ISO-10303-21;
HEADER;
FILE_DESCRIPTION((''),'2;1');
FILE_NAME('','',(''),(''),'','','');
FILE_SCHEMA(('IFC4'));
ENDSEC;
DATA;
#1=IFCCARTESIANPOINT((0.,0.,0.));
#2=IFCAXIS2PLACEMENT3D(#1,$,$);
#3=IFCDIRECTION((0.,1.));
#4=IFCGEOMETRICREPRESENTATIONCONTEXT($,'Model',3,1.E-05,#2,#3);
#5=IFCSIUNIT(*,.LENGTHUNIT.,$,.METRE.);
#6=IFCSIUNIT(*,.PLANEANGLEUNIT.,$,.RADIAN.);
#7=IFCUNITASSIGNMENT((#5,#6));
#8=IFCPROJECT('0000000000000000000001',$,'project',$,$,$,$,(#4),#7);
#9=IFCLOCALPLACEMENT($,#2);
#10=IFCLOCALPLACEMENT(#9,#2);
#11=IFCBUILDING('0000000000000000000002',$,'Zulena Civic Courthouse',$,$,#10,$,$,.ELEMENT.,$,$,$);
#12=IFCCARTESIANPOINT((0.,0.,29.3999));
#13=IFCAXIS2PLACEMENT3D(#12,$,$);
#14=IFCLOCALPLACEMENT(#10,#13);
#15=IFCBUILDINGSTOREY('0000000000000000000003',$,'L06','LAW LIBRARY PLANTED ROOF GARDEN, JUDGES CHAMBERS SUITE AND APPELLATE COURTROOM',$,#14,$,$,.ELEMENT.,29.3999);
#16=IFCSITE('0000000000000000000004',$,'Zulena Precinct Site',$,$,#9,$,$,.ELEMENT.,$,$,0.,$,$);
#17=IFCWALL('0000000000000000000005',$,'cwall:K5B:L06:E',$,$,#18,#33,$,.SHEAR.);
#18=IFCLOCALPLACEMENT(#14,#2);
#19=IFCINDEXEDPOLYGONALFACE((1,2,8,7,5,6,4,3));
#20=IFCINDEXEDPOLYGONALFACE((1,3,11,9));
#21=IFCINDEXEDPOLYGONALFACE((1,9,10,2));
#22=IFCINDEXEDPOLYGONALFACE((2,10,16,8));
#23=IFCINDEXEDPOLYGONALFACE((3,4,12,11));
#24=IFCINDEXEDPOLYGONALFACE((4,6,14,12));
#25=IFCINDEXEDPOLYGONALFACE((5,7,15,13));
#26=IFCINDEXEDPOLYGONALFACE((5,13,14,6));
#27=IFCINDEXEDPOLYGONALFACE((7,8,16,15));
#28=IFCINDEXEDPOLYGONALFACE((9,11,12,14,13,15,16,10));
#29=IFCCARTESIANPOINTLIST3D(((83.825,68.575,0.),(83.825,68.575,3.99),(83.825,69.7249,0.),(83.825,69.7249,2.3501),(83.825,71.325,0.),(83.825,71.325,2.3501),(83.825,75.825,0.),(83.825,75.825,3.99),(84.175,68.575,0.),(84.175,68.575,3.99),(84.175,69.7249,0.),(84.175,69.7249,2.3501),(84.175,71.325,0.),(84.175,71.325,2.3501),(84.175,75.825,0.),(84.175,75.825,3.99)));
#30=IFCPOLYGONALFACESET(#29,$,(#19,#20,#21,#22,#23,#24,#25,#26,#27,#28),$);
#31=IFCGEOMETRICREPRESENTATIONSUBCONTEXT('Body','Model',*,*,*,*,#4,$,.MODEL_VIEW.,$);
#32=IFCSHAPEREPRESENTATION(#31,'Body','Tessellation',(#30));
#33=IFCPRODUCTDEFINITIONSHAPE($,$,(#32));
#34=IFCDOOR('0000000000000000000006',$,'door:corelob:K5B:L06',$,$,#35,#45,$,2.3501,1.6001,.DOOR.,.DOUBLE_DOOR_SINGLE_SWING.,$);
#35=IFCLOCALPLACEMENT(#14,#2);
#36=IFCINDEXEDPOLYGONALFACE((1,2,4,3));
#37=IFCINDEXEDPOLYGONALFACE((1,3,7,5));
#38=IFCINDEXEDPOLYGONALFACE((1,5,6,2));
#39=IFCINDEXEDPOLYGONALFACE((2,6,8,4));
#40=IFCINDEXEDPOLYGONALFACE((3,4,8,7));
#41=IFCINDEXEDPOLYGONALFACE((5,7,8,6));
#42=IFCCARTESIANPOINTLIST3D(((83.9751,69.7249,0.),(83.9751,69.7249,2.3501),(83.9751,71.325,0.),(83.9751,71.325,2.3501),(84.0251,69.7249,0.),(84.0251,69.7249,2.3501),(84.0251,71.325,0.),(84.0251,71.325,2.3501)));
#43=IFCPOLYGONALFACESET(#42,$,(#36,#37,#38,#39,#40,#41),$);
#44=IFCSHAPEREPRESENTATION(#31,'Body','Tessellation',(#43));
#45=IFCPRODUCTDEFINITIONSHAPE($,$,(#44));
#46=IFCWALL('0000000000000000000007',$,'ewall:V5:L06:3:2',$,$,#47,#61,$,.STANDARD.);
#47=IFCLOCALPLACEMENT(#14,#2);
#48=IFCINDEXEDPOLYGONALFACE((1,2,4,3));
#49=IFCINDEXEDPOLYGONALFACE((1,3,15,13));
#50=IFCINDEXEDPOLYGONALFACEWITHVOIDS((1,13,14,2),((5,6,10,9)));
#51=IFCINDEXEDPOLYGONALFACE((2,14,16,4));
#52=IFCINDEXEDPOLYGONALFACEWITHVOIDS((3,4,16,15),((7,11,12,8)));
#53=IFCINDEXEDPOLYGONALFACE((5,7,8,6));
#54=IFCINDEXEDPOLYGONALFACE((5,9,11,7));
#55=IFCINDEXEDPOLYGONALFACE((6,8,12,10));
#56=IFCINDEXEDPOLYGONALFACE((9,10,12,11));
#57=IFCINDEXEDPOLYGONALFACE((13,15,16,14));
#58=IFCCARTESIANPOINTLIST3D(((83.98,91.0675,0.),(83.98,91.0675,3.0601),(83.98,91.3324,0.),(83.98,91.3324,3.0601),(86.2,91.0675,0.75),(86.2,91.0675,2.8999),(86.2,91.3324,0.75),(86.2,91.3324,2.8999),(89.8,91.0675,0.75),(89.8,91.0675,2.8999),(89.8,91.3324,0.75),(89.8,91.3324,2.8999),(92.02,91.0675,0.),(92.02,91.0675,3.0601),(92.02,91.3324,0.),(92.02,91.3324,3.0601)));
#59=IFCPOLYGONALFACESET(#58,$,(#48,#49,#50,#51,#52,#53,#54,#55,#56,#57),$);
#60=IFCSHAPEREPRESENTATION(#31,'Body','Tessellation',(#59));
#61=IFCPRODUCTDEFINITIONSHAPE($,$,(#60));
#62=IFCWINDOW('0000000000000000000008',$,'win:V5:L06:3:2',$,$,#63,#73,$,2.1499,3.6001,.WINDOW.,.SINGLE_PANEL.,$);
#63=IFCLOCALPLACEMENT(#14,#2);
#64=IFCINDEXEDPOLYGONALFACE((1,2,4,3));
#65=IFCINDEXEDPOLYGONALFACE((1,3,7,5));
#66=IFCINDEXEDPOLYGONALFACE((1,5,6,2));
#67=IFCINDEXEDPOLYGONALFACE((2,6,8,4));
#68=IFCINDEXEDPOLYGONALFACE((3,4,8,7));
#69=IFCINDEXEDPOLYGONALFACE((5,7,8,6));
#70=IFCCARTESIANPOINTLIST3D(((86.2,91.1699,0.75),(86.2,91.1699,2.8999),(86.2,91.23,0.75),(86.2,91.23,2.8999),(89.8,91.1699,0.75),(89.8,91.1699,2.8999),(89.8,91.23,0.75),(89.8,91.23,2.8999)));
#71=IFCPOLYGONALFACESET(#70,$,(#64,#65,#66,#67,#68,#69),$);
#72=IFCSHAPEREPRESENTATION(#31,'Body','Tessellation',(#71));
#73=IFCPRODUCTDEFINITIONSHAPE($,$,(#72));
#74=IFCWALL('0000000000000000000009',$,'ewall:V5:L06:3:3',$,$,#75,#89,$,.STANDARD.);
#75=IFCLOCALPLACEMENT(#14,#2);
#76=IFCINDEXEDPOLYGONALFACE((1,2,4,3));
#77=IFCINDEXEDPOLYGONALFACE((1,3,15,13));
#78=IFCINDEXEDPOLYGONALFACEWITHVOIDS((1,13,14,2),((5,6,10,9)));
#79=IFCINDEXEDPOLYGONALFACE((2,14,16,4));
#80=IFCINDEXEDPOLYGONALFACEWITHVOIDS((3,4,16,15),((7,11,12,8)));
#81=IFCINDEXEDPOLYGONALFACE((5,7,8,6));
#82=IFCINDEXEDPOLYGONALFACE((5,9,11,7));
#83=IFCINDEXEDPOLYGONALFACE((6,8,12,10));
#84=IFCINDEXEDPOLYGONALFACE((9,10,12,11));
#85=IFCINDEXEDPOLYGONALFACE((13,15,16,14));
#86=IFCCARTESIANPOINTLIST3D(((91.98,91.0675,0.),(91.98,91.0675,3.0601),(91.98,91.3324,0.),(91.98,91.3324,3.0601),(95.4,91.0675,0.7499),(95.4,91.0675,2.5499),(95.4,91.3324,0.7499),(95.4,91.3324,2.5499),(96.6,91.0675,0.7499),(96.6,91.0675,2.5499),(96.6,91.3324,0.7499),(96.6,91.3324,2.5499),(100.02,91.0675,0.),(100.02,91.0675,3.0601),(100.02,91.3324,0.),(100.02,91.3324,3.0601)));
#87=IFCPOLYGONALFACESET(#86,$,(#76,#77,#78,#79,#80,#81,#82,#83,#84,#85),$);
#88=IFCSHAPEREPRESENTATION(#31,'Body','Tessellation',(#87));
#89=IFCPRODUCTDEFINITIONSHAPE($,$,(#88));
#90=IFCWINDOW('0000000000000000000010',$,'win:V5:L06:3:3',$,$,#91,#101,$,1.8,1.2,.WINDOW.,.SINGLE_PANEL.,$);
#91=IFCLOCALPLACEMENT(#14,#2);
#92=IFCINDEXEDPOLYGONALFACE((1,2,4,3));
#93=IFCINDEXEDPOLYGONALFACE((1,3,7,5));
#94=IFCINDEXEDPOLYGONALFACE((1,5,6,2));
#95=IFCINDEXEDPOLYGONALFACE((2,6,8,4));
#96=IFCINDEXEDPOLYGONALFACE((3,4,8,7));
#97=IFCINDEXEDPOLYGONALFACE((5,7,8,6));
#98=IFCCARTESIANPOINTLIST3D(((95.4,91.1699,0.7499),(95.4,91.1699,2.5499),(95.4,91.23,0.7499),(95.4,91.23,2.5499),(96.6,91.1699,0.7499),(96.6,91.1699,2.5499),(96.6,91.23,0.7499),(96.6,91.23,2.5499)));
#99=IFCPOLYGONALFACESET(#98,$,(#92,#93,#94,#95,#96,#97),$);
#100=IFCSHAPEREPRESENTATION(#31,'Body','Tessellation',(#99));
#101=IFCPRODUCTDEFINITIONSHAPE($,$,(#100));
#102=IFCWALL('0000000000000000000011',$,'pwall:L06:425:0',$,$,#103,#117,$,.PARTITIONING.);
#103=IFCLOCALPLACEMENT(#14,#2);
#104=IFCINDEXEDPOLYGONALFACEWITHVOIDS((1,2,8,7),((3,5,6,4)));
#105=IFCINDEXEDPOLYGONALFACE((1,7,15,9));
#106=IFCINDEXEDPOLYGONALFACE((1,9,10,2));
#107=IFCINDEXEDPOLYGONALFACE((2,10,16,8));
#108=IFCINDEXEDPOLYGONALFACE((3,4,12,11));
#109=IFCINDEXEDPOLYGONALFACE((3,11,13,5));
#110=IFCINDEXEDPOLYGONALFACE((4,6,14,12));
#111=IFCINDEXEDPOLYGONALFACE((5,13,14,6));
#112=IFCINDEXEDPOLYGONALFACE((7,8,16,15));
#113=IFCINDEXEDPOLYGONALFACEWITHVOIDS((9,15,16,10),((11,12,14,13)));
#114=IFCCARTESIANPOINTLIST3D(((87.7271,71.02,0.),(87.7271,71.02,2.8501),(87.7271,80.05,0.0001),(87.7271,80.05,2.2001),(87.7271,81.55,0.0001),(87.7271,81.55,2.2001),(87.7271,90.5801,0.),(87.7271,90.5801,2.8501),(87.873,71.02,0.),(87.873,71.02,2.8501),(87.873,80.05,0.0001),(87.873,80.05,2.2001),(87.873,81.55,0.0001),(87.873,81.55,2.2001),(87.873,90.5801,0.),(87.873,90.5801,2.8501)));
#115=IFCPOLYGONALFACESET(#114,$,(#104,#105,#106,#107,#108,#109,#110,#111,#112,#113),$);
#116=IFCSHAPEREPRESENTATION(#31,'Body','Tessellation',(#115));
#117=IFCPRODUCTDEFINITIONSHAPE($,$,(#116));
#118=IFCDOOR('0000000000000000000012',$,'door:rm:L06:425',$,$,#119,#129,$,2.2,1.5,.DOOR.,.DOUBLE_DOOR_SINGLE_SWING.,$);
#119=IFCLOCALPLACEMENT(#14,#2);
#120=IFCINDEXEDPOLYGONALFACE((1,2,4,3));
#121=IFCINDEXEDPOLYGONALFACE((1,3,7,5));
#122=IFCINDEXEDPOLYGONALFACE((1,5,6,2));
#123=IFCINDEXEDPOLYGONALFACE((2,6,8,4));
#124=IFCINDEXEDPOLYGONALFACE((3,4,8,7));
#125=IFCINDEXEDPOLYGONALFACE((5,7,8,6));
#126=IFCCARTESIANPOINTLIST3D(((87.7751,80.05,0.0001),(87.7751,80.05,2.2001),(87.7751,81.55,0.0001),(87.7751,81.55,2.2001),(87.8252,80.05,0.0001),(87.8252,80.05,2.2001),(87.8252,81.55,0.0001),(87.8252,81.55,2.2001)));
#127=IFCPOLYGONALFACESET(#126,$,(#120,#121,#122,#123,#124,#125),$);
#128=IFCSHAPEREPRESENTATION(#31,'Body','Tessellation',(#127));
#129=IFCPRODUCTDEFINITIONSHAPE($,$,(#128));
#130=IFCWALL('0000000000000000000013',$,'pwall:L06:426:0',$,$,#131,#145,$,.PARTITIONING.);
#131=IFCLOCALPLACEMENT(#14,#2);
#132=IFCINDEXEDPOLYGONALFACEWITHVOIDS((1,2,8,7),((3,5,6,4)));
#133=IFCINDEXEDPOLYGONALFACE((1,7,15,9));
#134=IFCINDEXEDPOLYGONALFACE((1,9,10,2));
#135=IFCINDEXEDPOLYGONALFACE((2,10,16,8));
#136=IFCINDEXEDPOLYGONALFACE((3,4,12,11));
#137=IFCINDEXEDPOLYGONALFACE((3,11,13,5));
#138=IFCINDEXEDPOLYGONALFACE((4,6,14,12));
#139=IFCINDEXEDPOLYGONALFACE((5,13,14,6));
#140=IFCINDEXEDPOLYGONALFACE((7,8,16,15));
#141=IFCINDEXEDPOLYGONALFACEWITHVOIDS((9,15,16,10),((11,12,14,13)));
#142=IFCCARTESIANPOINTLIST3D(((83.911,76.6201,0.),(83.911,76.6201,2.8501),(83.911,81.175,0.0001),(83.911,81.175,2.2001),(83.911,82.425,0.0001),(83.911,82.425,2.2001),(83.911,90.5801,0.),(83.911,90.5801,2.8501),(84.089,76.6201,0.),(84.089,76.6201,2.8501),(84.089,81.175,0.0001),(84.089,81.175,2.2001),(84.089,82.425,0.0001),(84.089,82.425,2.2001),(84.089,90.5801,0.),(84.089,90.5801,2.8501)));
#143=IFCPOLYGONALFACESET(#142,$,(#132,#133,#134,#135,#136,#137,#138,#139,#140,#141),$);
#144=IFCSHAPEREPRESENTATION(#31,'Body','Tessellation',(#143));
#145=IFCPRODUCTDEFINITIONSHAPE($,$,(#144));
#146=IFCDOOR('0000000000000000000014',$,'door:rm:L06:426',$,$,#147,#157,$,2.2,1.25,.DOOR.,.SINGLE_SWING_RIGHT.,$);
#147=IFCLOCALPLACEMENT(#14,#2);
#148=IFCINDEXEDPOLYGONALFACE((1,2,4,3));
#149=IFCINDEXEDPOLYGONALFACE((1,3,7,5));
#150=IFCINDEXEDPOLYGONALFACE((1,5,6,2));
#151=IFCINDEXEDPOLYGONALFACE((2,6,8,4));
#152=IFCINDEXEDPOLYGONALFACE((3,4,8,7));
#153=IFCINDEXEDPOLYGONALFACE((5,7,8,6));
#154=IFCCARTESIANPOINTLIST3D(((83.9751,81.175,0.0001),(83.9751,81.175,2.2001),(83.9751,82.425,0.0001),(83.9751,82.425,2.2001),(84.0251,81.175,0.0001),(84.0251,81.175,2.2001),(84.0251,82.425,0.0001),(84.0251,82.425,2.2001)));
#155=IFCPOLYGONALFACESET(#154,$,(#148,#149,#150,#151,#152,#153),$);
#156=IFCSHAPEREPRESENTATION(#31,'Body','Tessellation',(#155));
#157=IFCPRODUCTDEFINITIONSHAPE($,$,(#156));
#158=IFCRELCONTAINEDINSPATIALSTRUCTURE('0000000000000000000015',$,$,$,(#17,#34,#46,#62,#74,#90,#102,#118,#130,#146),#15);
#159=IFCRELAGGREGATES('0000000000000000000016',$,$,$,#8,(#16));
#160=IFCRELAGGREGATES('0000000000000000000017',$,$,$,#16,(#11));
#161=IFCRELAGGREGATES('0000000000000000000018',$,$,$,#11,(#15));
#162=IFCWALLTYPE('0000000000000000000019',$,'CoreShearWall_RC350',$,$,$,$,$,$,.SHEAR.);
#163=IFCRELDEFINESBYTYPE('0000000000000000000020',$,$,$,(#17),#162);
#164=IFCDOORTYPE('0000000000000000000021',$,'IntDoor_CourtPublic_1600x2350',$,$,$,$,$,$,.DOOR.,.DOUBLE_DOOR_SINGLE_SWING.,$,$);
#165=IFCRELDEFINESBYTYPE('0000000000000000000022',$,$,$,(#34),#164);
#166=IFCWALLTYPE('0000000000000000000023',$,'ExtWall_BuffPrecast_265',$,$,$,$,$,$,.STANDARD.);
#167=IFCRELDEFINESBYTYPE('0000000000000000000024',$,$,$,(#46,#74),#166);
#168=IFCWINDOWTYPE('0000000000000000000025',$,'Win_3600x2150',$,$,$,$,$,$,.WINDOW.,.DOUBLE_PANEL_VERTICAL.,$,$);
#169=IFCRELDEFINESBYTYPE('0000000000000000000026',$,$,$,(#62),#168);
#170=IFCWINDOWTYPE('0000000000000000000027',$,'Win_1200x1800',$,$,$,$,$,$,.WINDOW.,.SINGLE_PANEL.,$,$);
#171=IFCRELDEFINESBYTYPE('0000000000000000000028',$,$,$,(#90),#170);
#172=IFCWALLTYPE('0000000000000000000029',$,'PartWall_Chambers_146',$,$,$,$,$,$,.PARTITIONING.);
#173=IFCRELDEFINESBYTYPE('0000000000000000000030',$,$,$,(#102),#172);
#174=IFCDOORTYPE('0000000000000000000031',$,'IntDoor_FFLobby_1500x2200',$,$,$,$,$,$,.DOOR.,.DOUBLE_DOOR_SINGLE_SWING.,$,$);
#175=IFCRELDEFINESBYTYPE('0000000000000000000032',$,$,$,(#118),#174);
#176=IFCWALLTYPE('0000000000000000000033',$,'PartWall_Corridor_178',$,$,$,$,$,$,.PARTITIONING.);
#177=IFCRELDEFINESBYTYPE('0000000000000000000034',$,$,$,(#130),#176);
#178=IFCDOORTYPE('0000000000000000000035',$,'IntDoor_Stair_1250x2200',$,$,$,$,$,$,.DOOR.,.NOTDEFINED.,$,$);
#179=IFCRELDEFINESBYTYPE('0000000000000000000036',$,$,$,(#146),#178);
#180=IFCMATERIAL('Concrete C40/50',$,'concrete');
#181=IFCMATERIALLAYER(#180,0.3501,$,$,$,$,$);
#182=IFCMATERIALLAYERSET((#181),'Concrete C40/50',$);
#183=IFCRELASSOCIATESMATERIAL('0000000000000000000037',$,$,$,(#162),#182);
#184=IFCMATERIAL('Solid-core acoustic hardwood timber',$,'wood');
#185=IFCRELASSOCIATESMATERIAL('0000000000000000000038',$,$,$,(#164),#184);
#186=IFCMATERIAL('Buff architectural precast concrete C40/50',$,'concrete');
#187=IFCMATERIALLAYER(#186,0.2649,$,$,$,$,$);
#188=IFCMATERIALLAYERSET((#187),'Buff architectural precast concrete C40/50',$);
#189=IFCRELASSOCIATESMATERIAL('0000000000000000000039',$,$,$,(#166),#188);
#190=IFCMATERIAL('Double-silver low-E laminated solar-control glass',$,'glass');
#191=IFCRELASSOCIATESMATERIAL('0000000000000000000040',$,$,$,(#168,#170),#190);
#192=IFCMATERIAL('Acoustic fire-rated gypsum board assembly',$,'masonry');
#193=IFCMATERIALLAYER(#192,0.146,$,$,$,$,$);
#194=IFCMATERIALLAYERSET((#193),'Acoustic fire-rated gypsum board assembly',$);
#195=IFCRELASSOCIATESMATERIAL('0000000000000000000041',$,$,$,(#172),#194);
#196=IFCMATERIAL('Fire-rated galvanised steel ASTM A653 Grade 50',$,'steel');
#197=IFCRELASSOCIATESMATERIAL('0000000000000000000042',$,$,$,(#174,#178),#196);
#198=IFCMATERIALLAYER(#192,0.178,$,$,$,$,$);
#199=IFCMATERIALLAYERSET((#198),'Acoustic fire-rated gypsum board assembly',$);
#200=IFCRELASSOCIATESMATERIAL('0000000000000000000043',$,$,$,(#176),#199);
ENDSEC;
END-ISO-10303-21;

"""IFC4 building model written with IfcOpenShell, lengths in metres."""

from ifc_helpers import new_model, si_unit, direction, frame, frame_2d, origin, place, context, subcontext, project, spatial, rectangle, extrude, material, layer, layer_set, type_object, element, fill, save


model = new_model("IFC4")

# Units and contexts
model_context = context("Model", 3, precision=1e-05, world=origin(), true_north=direction((0.0, 1.0)))
body_context = subcontext(model_context, "Body", "Model", "MODEL_VIEW")
ifc_project = project(units=[si_unit("LENGTHUNIT", "METRE"), si_unit("PLANEANGLEUNIT", "RADIAN")], contexts=[model_context])

# Site, building, storey
site_placement = place(None, origin())
site = spatial("IfcSite", under=ifc_project, at=site_placement, Name="Zulena Precinct Site", CompositionType="ELEMENT", RefElevation=0.0)
building_placement = place(site_placement, origin())
building = spatial("IfcBuilding", under=site, at=building_placement, Name="Zulena Civic Courthouse", CompositionType="ELEMENT")
storey_placement = place(building_placement, frame((0.0, 0.0, 29.3999)))
storey = spatial("IfcBuildingStorey", under=building, at=storey_placement, Name="L06", Description="LAW LIBRARY PLANTED ROOF GARDEN, JUDGES CHAMBERS SUITE AND APPELLATE COURTROOM", CompositionType="ELEMENT", Elevation=29.3999)

# Wall, opening, door
ifc_material_1 = material(Name="Concrete C40/50", Category="concrete")
ifc_layer_1 = layer(ifc_material_1, 0.3501)
ifc_layer_set_1 = layer_set([ifc_layer_1], Name="Concrete C40/50")
wall_type_1 = type_object("IfcWallType", Name="CoreShearWall_RC350", PredefinedType="SHEAR", material=ifc_layer_set_1)
wall_1_placement = place(storey_placement, frame((84.0, 68.575, 0.0), z_axis=(0.0, 0.0, 1.0), x_axis=(0.0, 1.0, 0.0)))
wall_1 = element("IfcWall", 1, at=wall_1_placement, inside=storey, type_object=wall_type_1, Name="cwall:K5B:L06:E", PredefinedType="SHEAR", context=body_context, shape_type="SweptSolid", body=[
    extrude(rectangle(XDim=7.25, YDim=0.3501, at=frame_2d((3.625, 0.0))), origin(), (0.0, 0.0, 1.0), 3.99),
])
opening_1_placement = place(wall_1_placement, frame((1.1499, 0.0, 0.0)))
opening_1 = element("IfcOpeningElement", 2, at=opening_1_placement, cuts=wall_1, PredefinedType="OPENING", context=body_context, shape_type="SweptSolid", body=[
    extrude(rectangle(XDim=1.6001, YDim=2.3501, at=frame_2d((0.8, 1.175))), frame((0.0, 0.1851, 0.0), z_axis=(0.0, -1.0, 0.0), x_axis=(1.0, 0.0, 0.0)), (0.0, 0.0, 1.0), 0.3701),
])
ifc_material_2 = material(Name="Solid-core acoustic hardwood timber", Category="wood")
door_type_1 = type_object("IfcDoorType", Name="IntDoor_CourtPublic_1600x2350", OperationType="DOUBLE_DOOR_SINGLE_SWING", PredefinedType="DOOR", material=ifc_material_2)
door_1_placement = place(opening_1_placement, origin())
door_1 = element("IfcDoor", 3, at=door_1_placement, inside=storey, type_object=door_type_1, Name="door:corelob:K5B:L06", OperationType="DOUBLE_DOOR_SINGLE_SWING", OverallHeight=2.3501, OverallWidth=1.6001, PredefinedType="DOOR", context=body_context, shape_type="SweptSolid", body=[
    extrude(rectangle(XDim=1.6001, YDim=2.3501, at=frame_2d((0.8, 1.175))), frame((0.0, 0.0249, 0.0), z_axis=(0.0, -1.0, 0.0), x_axis=(1.0, 0.0, 0.0)), (0.0, 0.0, 1.0), 0.05),
])
fill(opening_1, door_1)

# Walls, openings, windows
ifc_material_3 = material(Name="Buff architectural precast concrete C40/50", Category="concrete")
ifc_layer_2 = layer(ifc_material_3, 0.2649)
ifc_layer_set_2 = layer_set([ifc_layer_2], Name="Buff architectural precast concrete C40/50")
wall_type_2 = type_object("IfcWallType", Name="ExtWall_BuffPrecast_265", PredefinedType="STANDARD", material=ifc_layer_set_2)
wall_2_placement = place(storey_placement, frame((83.98, 91.2, 0.0), z_axis=(0.0, 0.0, 1.0), x_axis=(1.0, 0.0, 0.0)))
wall_2 = element("IfcWall", 4, at=wall_2_placement, inside=storey, type_object=wall_type_2, Name="ewall:V5:L06:3:2", PredefinedType="STANDARD", context=body_context, shape_type="SweptSolid", body=[
    extrude(rectangle(XDim=8.04, YDim=0.2649, at=frame_2d((4.02, 0.0))), origin(), (0.0, 0.0, 1.0), 3.0601),
])
opening_2_placement = place(wall_2_placement, frame((2.22, 0.0, 0.75)))
opening_2 = element("IfcOpeningElement", 5, at=opening_2_placement, cuts=wall_2, PredefinedType="OPENING", context=body_context, shape_type="SweptSolid", body=[
    extrude(rectangle(XDim=3.6001, YDim=2.1499, at=frame_2d((1.8, 1.075))), frame((0.0, 0.1423, 0.0), z_axis=(0.0, -1.0, 0.0), x_axis=(1.0, 0.0, 0.0)), (0.0, 0.0, 1.0), 0.2849),
])
ifc_material_4 = material(Name="Double-silver low-E laminated solar-control glass", Category="glass")
window_type_1 = type_object("IfcWindowType", Name="Win_3600x2150", PartitioningType="DOUBLE_PANEL_VERTICAL", PredefinedType="WINDOW", material=ifc_material_4)
window_1_placement = place(opening_2_placement, origin())
window_1 = element("IfcWindow", 6, at=window_1_placement, inside=storey, type_object=window_type_1, Name="win:V5:L06:3:2", OverallHeight=2.1499, OverallWidth=3.6001, PartitioningType="SINGLE_PANEL", PredefinedType="WINDOW", context=body_context, shape_type="SweptSolid", body=[
    extrude(rectangle(XDim=3.6001, YDim=2.1499, at=frame_2d((1.8, 1.075))), frame((0.0, 0.03, 0.0), z_axis=(0.0, -1.0, 0.0), x_axis=(1.0, 0.0, 0.0)), (0.0, 0.0, 1.0), 0.0601),
])
fill(opening_2, window_1)
wall_3_placement = place(storey_placement, frame((91.98, 91.2, 0.0), z_axis=(0.0, 0.0, 1.0), x_axis=(1.0, 0.0, 0.0)))
wall_3 = element("IfcWall", 7, at=wall_3_placement, inside=storey, type_object=wall_type_2, Name="ewall:V5:L06:3:3", PredefinedType="STANDARD", context=body_context, shape_type="SweptSolid", body=[
    extrude(rectangle(XDim=8.04, YDim=0.2649, at=frame_2d((4.02, 0.0))), origin(), (0.0, 0.0, 1.0), 3.0601),
])
opening_3_placement = place(wall_3_placement, frame((3.4199, 0.0, 0.75)))
opening_3 = element("IfcOpeningElement", 8, at=opening_3_placement, cuts=wall_3, PredefinedType="OPENING", context=body_context, shape_type="SweptSolid", body=[
    extrude(rectangle(XDim=1.2, YDim=1.8, at=frame_2d((0.6001, 0.8999))), frame((0.0, 0.1423, 0.0), z_axis=(0.0, -1.0, 0.0), x_axis=(1.0, 0.0, 0.0)), (0.0, 0.0, 1.0), 0.2849),
])
window_type_2 = type_object("IfcWindowType", Name="Win_1200x1800", PartitioningType="SINGLE_PANEL", PredefinedType="WINDOW", material=ifc_material_4)
window_2_placement = place(opening_3_placement, origin())
window_2 = element("IfcWindow", 9, at=window_2_placement, inside=storey, type_object=window_type_2, Name="win:V5:L06:3:3", OverallHeight=1.8, OverallWidth=1.2, PartitioningType="SINGLE_PANEL", PredefinedType="WINDOW", context=body_context, shape_type="SweptSolid", body=[
    extrude(rectangle(XDim=1.2, YDim=1.8, at=frame_2d((0.6001, 0.8999))), frame((0.0, 0.03, 0.0), z_axis=(0.0, -1.0, 0.0), x_axis=(1.0, 0.0, 0.0)), (0.0, 0.0, 1.0), 0.0601),
])
fill(opening_3, window_2)

# Walls, openings, doors
ifc_material_5 = material(Name="Acoustic fire-rated gypsum board assembly", Category="masonry")
ifc_layer_3 = layer(ifc_material_5, 0.146)
ifc_layer_set_3 = layer_set([ifc_layer_3], Name="Acoustic fire-rated gypsum board assembly")
wall_type_3 = type_object("IfcWallType", Name="PartWall_Chambers_146", PredefinedType="PARTITIONING", material=ifc_layer_set_3)
wall_4_placement = place(storey_placement, frame((87.8, 71.02, 0.0), z_axis=(0.0, 0.0, 1.0), x_axis=(0.0, 1.0, 0.0)))
wall_4 = element("IfcWall", 10, at=wall_4_placement, inside=storey, type_object=wall_type_3, Name="pwall:L06:425:0", PredefinedType="PARTITIONING", context=body_context, shape_type="SweptSolid", body=[
    extrude(rectangle(XDim=19.5601, YDim=0.146, at=frame_2d((9.78, 0.0))), origin(), (0.0, 0.0, 1.0), 2.8501),
])
opening_4_placement = place(wall_4_placement, frame((9.03, 0.0, 0.0)))
opening_4 = element("IfcOpeningElement", 11, at=opening_4_placement, cuts=wall_4, PredefinedType="OPENING", context=body_context, shape_type="SweptSolid", body=[
    extrude(rectangle(XDim=1.5, YDim=2.2, at=frame_2d((0.75, 1.1001))), frame((0.0, 0.083, 0.0), z_axis=(0.0, -1.0, 0.0), x_axis=(1.0, 0.0, 0.0)), (0.0, 0.0, 1.0), 0.166),
])
ifc_material_6 = material(Name="Fire-rated galvanised steel ASTM A653 Grade 50", Category="steel")
door_type_2 = type_object("IfcDoorType", Name="IntDoor_FFLobby_1500x2200", OperationType="DOUBLE_DOOR_SINGLE_SWING", PredefinedType="DOOR", material=ifc_material_6)
door_2_placement = place(opening_4_placement, origin())
door_2 = element("IfcDoor", 12, at=door_2_placement, inside=storey, type_object=door_type_2, Name="door:rm:L06:425", OperationType="DOUBLE_DOOR_SINGLE_SWING", OverallHeight=2.2, OverallWidth=1.5, PredefinedType="DOOR", context=body_context, shape_type="SweptSolid", body=[
    extrude(rectangle(XDim=1.5, YDim=2.2, at=frame_2d((0.75, 1.1001))), frame((0.0, 0.0249, 0.0), z_axis=(0.0, -1.0, 0.0), x_axis=(1.0, 0.0, 0.0)), (0.0, 0.0, 1.0), 0.05),
])
fill(opening_4, door_2)
ifc_layer_4 = layer(ifc_material_5, 0.178)
ifc_layer_set_4 = layer_set([ifc_layer_4], Name="Acoustic fire-rated gypsum board assembly")
wall_type_4 = type_object("IfcWallType", Name="PartWall_Corridor_178", PredefinedType="PARTITIONING", material=ifc_layer_set_4)
wall_5_placement = place(storey_placement, frame((84.0, 76.6201, 0.0), z_axis=(0.0, 0.0, 1.0), x_axis=(0.0, 1.0, 0.0)))
wall_5 = element("IfcWall", 13, at=wall_5_placement, inside=storey, type_object=wall_type_4, Name="pwall:L06:426:0", PredefinedType="PARTITIONING", context=body_context, shape_type="SweptSolid", body=[
    extrude(rectangle(XDim=13.96, YDim=0.178, at=frame_2d((6.98, 0.0))), origin(), (0.0, 0.0, 1.0), 2.8501),
])
opening_5_placement = place(wall_5_placement, frame((4.5549, 0.0, 0.0)))
opening_5 = element("IfcOpeningElement", 14, at=opening_5_placement, cuts=wall_5, PredefinedType="OPENING", context=body_context, shape_type="SweptSolid", body=[
    extrude(rectangle(XDim=1.25, YDim=2.2, at=frame_2d((0.625, 1.1001))), frame((0.0, 0.0989, 0.0), z_axis=(0.0, -1.0, 0.0), x_axis=(1.0, 0.0, 0.0)), (0.0, 0.0, 1.0), 0.198),
])
door_type_3 = type_object("IfcDoorType", Name="IntDoor_Stair_1250x2200", OperationType="NOTDEFINED", PredefinedType="DOOR", material=ifc_material_6)
door_3_placement = place(opening_5_placement, origin())
door_3 = element("IfcDoor", 15, at=door_3_placement, inside=storey, type_object=door_type_3, Name="door:rm:L06:426", OperationType="SINGLE_SWING_RIGHT", OverallHeight=2.2, OverallWidth=1.25, PredefinedType="DOOR", context=body_context, shape_type="SweptSolid", body=[
    extrude(rectangle(XDim=1.25, YDim=2.2, at=frame_2d((0.625, 1.1001))), frame((0.0, 0.0249, 0.0), z_axis=(0.0, -1.0, 0.0), x_axis=(1.0, 0.0, 0.0)), (0.0, 0.0, 1.0), 0.05),
])
fill(opening_5, door_3)

save(model, "model.ifc")
